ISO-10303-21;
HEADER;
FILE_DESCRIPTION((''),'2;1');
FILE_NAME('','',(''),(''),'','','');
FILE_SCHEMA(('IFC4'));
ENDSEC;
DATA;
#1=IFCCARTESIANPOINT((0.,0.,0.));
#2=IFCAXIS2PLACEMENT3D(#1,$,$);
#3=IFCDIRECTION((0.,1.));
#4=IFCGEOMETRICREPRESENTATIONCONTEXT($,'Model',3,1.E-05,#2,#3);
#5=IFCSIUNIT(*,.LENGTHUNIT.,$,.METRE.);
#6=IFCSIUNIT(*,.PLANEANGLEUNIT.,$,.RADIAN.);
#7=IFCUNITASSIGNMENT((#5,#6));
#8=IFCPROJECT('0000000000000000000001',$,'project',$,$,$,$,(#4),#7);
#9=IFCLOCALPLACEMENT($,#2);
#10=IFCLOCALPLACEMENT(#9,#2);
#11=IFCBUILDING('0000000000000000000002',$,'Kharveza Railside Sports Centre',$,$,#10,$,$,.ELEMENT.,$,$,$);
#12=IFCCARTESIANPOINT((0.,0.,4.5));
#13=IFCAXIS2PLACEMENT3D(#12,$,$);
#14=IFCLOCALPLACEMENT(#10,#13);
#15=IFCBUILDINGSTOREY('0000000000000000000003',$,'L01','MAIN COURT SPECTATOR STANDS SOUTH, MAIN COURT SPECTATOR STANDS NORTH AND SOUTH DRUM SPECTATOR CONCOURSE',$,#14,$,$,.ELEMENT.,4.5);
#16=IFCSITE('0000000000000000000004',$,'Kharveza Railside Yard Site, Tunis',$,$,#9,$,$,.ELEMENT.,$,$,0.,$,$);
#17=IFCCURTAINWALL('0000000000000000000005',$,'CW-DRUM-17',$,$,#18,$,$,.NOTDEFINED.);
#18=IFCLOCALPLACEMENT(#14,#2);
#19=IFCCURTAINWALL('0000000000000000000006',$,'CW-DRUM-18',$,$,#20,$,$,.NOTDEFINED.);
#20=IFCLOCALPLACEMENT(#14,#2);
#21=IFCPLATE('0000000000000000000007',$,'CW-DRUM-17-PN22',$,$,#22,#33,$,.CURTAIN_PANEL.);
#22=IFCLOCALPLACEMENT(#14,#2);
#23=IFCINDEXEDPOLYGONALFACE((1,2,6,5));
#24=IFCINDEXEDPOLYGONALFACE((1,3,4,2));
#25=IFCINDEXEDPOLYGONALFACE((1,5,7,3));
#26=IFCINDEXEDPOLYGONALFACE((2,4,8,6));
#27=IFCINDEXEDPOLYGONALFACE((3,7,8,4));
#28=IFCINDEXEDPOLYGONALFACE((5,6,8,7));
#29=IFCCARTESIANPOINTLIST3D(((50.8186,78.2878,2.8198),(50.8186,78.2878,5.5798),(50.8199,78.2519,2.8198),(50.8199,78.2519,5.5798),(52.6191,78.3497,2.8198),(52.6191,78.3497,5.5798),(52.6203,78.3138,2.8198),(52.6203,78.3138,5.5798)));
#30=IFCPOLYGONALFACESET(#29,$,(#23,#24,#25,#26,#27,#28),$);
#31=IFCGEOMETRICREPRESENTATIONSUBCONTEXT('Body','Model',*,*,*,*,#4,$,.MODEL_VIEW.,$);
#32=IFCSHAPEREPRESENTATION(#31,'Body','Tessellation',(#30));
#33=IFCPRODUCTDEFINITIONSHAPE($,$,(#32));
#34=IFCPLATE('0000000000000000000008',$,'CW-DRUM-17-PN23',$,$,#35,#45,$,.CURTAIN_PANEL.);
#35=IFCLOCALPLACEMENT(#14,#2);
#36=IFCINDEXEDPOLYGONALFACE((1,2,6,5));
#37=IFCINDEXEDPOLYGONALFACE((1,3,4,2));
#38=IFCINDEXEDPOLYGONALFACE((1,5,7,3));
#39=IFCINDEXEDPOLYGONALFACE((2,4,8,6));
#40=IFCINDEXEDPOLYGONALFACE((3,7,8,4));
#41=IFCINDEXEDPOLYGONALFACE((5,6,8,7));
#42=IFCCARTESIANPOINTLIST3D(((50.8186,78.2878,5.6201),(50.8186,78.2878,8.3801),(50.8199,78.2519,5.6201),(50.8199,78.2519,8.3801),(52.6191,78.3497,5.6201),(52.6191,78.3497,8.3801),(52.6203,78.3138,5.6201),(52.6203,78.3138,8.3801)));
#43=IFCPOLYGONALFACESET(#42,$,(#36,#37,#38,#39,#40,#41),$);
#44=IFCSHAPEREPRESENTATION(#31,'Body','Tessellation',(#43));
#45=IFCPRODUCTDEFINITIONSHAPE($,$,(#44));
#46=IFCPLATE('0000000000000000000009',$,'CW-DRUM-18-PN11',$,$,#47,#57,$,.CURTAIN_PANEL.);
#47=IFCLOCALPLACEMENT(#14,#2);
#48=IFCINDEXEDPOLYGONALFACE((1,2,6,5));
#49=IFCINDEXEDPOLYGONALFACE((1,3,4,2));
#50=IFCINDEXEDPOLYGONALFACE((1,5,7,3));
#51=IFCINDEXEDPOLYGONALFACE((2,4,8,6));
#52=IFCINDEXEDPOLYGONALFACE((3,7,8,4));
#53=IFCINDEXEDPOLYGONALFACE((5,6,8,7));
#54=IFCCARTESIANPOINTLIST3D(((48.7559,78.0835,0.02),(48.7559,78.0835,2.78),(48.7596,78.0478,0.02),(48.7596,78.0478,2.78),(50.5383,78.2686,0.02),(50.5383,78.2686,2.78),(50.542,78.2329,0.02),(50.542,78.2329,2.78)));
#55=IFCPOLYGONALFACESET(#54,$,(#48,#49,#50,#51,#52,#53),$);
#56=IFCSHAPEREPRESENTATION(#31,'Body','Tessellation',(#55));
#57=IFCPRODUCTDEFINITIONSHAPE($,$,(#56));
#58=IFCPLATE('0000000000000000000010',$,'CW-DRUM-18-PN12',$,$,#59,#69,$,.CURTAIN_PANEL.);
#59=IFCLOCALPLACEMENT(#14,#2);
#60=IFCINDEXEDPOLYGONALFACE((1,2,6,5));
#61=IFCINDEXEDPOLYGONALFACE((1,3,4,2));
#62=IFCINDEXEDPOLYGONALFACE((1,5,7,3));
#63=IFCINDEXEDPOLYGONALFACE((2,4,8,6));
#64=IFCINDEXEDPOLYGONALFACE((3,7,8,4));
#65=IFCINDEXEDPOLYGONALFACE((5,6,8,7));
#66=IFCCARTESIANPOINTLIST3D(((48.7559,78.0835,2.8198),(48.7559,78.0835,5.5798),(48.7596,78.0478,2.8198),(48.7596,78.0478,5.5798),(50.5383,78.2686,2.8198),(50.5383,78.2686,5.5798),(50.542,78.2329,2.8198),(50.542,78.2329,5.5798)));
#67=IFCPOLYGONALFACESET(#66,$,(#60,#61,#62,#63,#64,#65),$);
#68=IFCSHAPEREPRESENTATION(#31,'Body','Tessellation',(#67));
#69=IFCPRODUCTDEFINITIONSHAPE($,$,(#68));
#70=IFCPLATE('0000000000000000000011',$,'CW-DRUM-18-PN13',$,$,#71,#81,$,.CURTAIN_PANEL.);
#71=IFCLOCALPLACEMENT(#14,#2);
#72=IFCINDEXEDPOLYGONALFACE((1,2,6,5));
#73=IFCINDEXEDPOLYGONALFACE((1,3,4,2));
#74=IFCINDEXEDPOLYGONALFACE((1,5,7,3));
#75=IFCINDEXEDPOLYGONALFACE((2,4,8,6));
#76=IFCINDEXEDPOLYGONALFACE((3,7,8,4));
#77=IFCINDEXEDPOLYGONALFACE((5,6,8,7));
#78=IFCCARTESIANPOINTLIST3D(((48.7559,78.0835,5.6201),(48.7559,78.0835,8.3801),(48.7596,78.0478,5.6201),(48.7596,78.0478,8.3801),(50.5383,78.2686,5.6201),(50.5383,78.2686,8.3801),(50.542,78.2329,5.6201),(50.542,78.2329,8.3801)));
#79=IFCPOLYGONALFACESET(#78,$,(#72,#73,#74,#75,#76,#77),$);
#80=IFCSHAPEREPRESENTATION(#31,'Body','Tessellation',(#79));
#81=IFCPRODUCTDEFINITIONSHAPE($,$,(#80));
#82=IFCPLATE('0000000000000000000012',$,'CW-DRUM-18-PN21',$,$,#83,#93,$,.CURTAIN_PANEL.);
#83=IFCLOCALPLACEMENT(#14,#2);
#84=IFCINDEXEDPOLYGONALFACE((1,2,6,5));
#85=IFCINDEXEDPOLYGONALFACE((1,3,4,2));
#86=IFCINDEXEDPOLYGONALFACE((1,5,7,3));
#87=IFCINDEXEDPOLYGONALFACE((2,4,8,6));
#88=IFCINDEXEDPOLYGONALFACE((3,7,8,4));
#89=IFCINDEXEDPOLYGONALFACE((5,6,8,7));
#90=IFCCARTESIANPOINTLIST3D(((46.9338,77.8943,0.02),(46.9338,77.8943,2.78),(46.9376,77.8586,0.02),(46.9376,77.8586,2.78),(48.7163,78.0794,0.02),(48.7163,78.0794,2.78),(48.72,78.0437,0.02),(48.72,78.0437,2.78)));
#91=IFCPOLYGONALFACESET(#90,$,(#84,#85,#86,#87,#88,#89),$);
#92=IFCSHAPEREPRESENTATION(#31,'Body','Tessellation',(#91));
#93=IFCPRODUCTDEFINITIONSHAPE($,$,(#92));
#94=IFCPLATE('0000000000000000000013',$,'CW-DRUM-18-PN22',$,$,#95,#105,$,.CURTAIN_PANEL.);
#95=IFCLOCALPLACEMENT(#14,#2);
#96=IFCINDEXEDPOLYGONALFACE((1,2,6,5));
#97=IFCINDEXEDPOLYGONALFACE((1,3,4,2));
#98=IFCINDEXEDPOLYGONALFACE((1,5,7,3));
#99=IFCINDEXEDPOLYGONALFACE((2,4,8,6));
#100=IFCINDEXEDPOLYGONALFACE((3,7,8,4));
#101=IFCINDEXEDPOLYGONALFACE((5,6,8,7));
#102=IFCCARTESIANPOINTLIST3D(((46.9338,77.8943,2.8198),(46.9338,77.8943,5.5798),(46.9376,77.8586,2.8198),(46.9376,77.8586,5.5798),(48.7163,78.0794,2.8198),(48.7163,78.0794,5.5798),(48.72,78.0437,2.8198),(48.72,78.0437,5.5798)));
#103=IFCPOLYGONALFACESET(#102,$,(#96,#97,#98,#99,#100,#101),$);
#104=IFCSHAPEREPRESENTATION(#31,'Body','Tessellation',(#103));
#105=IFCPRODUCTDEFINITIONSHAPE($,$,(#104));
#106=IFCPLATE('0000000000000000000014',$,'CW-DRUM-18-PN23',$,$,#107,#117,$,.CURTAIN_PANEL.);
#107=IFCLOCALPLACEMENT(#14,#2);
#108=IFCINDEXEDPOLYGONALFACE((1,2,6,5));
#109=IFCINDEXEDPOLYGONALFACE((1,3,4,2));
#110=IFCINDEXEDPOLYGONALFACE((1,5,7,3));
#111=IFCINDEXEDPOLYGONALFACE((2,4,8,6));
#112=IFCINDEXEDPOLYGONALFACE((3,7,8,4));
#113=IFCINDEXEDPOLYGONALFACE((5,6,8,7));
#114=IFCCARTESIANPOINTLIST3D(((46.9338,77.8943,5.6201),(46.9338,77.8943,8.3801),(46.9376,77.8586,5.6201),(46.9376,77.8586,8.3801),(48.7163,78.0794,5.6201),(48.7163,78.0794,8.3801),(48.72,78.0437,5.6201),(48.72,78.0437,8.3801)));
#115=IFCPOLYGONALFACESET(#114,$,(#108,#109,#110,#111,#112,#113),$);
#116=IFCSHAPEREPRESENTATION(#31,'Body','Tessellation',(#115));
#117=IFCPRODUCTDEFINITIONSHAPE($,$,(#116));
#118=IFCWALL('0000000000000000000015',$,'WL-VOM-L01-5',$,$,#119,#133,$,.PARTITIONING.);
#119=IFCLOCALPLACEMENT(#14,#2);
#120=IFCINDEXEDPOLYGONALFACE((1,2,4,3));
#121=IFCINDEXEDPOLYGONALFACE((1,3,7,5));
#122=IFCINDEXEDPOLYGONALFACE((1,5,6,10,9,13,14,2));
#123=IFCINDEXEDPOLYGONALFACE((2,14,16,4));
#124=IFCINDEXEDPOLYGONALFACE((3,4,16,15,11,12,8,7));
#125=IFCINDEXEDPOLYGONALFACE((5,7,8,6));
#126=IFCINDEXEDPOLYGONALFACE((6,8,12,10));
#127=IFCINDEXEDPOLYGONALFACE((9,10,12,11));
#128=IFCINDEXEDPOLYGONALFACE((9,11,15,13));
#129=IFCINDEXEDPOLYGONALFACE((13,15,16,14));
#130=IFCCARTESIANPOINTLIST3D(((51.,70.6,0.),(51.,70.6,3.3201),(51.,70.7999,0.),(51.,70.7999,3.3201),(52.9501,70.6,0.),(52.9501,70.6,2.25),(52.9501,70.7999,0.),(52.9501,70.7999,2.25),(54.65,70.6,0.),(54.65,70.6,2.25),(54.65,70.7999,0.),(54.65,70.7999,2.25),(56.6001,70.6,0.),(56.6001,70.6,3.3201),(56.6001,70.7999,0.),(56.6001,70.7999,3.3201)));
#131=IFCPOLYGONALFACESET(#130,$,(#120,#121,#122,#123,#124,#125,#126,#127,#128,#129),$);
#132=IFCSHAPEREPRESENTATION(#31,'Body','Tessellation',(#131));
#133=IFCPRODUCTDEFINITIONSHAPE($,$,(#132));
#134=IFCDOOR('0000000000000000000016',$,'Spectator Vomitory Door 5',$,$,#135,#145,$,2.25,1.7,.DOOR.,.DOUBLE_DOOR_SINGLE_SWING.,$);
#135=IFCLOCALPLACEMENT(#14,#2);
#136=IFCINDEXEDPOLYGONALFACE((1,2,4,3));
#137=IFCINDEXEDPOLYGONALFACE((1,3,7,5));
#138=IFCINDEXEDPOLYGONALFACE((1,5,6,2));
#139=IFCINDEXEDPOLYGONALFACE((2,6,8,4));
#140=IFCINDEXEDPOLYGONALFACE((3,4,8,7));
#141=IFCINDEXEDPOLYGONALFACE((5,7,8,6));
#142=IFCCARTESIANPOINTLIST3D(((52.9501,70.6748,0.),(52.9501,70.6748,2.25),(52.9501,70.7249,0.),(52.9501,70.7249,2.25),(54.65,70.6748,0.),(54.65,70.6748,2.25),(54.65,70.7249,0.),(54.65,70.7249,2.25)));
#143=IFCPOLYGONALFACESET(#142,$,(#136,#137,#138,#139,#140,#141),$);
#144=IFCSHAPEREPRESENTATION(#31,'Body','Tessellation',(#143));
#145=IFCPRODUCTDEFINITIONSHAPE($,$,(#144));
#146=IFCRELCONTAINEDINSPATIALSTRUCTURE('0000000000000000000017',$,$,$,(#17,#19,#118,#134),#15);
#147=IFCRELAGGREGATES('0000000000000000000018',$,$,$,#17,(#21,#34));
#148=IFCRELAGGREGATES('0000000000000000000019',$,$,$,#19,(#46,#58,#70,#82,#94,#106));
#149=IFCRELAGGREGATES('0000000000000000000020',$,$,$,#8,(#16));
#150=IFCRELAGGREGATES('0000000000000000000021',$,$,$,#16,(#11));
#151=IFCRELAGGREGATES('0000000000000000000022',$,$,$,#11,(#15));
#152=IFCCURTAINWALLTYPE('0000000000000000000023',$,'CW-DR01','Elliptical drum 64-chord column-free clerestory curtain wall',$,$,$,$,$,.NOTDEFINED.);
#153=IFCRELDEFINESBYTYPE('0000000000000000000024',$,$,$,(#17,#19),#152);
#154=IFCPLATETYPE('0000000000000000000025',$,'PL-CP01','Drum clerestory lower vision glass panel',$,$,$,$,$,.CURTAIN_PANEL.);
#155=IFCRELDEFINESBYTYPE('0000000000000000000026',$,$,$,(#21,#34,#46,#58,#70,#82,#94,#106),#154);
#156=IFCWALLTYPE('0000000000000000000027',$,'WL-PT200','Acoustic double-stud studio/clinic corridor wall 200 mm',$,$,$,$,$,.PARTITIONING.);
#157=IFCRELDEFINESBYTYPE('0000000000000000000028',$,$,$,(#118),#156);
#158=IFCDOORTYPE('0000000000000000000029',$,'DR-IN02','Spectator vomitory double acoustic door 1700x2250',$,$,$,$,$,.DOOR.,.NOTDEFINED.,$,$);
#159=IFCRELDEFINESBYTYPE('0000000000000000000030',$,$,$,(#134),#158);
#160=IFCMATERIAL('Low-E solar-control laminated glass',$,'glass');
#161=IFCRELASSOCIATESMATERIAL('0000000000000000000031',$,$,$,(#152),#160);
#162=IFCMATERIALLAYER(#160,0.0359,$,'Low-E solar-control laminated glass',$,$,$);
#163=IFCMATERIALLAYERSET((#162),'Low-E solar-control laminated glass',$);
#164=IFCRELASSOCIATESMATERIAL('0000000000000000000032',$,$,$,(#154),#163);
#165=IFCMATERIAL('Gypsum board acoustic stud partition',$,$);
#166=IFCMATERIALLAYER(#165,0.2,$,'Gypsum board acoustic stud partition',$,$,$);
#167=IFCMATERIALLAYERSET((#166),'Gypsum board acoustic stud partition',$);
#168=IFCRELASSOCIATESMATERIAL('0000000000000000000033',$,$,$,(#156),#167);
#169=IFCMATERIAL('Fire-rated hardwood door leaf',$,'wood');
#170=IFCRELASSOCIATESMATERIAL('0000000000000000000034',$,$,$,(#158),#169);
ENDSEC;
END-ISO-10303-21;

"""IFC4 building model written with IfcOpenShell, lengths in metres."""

from ifc_helpers import new_model, si_unit, direction, frame, frame_2d, origin, origin_2d, place, context, subcontext, project, spatial, rectangle, extrude, material, layer, layer_set, type_object, element, fill, aggregate, save


model = new_model("IFC4")

# Units and contexts
model_context = context("Model", 3, precision=1e-05, world=origin(), true_north=direction((0.0, 1.0)))
body_context = subcontext(model_context, "Body", "Model", "MODEL_VIEW")
ifc_project = project(units=[si_unit("LENGTHUNIT", "METRE"), si_unit("PLANEANGLEUNIT", "RADIAN")], contexts=[model_context])

# Site, building, storey
site_placement = place(None, origin())
site = spatial("IfcSite", under=ifc_project, at=site_placement, Name="Kharveza Railside Yard Site, Tunis", CompositionType="ELEMENT", RefElevation=0.0)
building_placement = place(site_placement, origin())
building = spatial("IfcBuilding", under=site, at=building_placement, Name="Kharveza Railside Sports Centre", CompositionType="ELEMENT")
storey_placement = place(building_placement, frame((0.0, 0.0, 4.5)))
storey = spatial("IfcBuildingStorey", under=building, at=storey_placement, Name="L01", Description="MAIN COURT SPECTATOR STANDS SOUTH, MAIN COURT SPECTATOR STANDS NORTH AND SOUTH DRUM SPECTATOR CONCOURSE", CompositionType="ELEMENT", Elevation=4.5)

# Curtain walls
ifc_material_1 = material(Name="Low-E solar-control laminated glass", Category="glass")
curtain_wall_type = type_object("IfcCurtainWallType", Name="CW-DR01", Description="Elliptical drum 64-chord column-free clerestory curtain wall", PredefinedType="NOTDEFINED", material=ifc_material_1)
curtain_wall_1_placement = place(storey_placement, origin())
curtain_wall_1 = element("IfcCurtainWall", 1, at=curtain_wall_1_placement, inside=storey, type_object=curtain_wall_type, Name="CW-DRUM-17", PredefinedType="NOTDEFINED")
curtain_wall_2_placement = place(storey_placement, origin())
curtain_wall_2 = element("IfcCurtainWall", 2, at=curtain_wall_2_placement, inside=storey, type_object=curtain_wall_type, Name="CW-DRUM-18", PredefinedType="NOTDEFINED")

# Plates
ifc_layer_1 = layer(ifc_material_1, 0.0359, Name="Low-E solar-control laminated glass")
ifc_layer_set_1 = layer_set([ifc_layer_1], Name="Low-E solar-control laminated glass")
plate_type = type_object("IfcPlateType", Name="PL-CP01", Description="Drum clerestory lower vision glass panel", PredefinedType="CURTAIN_PANEL", material=ifc_layer_set_1)
plate_1_placement = place(storey_placement, frame((51.7195, 78.3008, 2.8198), z_axis=(0.0, 0.0, 1.0), x_axis=(-0.999409, -0.034376, 0.0)))
plate_1 = element("IfcPlate", 3, at=plate_1_placement, type_object=plate_type, Name="CW-DRUM-17-PN22", PredefinedType="CURTAIN_PANEL", context=body_context, shape_type="SweptSolid", body=[
    extrude(rectangle(XDim=1.8015, YDim=0.0359, at=origin_2d()), origin(), (0.0, 0.0, 1.0), 2.76),
])
plate_2_placement = place(storey_placement, frame((51.7195, 78.3008, 5.6201), z_axis=(0.0, 0.0, 1.0), x_axis=(-0.999409, -0.034376, 0.0)))
plate_2 = element("IfcPlate", 4, at=plate_2_placement, type_object=plate_type, Name="CW-DRUM-17-PN23", PredefinedType="CURTAIN_PANEL", context=body_context, shape_type="SweptSolid", body=[
    extrude(rectangle(XDim=1.8015, YDim=0.0359, at=origin_2d()), origin(), (0.0, 0.0, 1.0), 2.76),
])
aggregate(curtain_wall_1, [plate_1, plate_2])
plate_3_placement = place(storey_placement, frame((49.6489, 78.1582, 0.02), z_axis=(0.0, 0.0, 1.0), x_axis=(-0.994652, -0.103279, 0.0)))
plate_3 = element("IfcPlate", 5, at=plate_3_placement, type_object=plate_type, Name="CW-DRUM-18-PN11", PredefinedType="CURTAIN_PANEL", context=body_context, shape_type="SweptSolid", body=[
    extrude(rectangle(XDim=1.792, YDim=0.0359, at=origin_2d()), origin(), (0.0, 0.0, 1.0), 2.76),
])
plate_4_placement = place(storey_placement, frame((49.6489, 78.1582, 2.8198), z_axis=(0.0, 0.0, 1.0), x_axis=(-0.994652, -0.103279, 0.0)))
plate_4 = element("IfcPlate", 6, at=plate_4_placement, type_object=plate_type, Name="CW-DRUM-18-PN12", PredefinedType="CURTAIN_PANEL", context=body_context, shape_type="SweptSolid", body=[
    extrude(rectangle(XDim=1.792, YDim=0.0359, at=origin_2d()), origin(), (0.0, 0.0, 1.0), 2.76),
])
plate_5_placement = place(storey_placement, frame((49.6489, 78.1582, 5.6201), z_axis=(0.0, 0.0, 1.0), x_axis=(-0.994652, -0.103279, 0.0)))
plate_5 = element("IfcPlate", 7, at=plate_5_placement, type_object=plate_type, Name="CW-DRUM-18-PN13", PredefinedType="CURTAIN_PANEL", context=body_context, shape_type="SweptSolid", body=[
    extrude(rectangle(XDim=1.792, YDim=0.0359, at=origin_2d()), origin(), (0.0, 0.0, 1.0), 2.76),
])
plate_6_placement = place(storey_placement, frame((47.8269, 77.969, 0.02), z_axis=(0.0, 0.0, 1.0), x_axis=(-0.994652, -0.103279, 0.0)))
plate_6 = element("IfcPlate", 8, at=plate_6_placement, type_object=plate_type, Name="CW-DRUM-18-PN21", PredefinedType="CURTAIN_PANEL", context=body_context, shape_type="SweptSolid", body=[
    extrude(rectangle(XDim=1.792, YDim=0.0359, at=origin_2d()), origin(), (0.0, 0.0, 1.0), 2.76),
])
plate_7_placement = place(storey_placement, frame((47.8269, 77.969, 2.8198), z_axis=(0.0, 0.0, 1.0), x_axis=(-0.994652, -0.103279, 0.0)))
plate_7 = element("IfcPlate", 9, at=plate_7_placement, type_object=plate_type, Name="CW-DRUM-18-PN22", PredefinedType="CURTAIN_PANEL", context=body_context, shape_type="SweptSolid", body=[
    extrude(rectangle(XDim=1.792, YDim=0.0359, at=origin_2d()), origin(), (0.0, 0.0, 1.0), 2.76),
])
plate_8_placement = place(storey_placement, frame((47.8269, 77.969, 5.6201), z_axis=(0.0, 0.0, 1.0), x_axis=(-0.994652, -0.103279, 0.0)))
plate_8 = element("IfcPlate", 10, at=plate_8_placement, type_object=plate_type, Name="CW-DRUM-18-PN23", PredefinedType="CURTAIN_PANEL", context=body_context, shape_type="SweptSolid", body=[
    extrude(rectangle(XDim=1.792, YDim=0.0359, at=origin_2d()), origin(), (0.0, 0.0, 1.0), 2.76),
])
aggregate(curtain_wall_2, [plate_3, plate_4, plate_5, plate_6, plate_7, plate_8])

# Wall, opening, door
ifc_material_2 = material(Name="Gypsum board acoustic stud partition")
ifc_layer_2 = layer(ifc_material_2, 0.2, Name="Gypsum board acoustic stud partition")
ifc_layer_set_2 = layer_set([ifc_layer_2], Name="Gypsum board acoustic stud partition")
wall_type = type_object("IfcWallType", Name="WL-PT200", Description="Acoustic double-stud studio/clinic corridor wall 200 mm", PredefinedType="PARTITIONING", material=ifc_layer_set_2)
wall_placement = place(storey_placement, frame((51.0, 70.7, 0.0), z_axis=(0.0, 0.0, 1.0), x_axis=(1.0, 0.0, 0.0)))
wall = element("IfcWall", 11, at=wall_placement, inside=storey, type_object=wall_type, Name="WL-VOM-L01-5", PredefinedType="PARTITIONING", context=body_context, shape_type="SweptSolid", body=[
    extrude(rectangle(XDim=5.6001, YDim=0.2, at=frame_2d((2.8, 0.0))), origin(), (0.0, 0.0, 1.0), 3.3201),
])
opening_placement = place(wall_placement, frame((1.95, 0.0, 0.0)))
opening = element("IfcOpeningElement", 12, at=opening_placement, cuts=wall, PredefinedType="OPENING", context=body_context, shape_type="SweptSolid", body=[
    extrude(rectangle(XDim=1.7, YDim=2.25, at=frame_2d((0.8501, 1.125))), frame((0.0, 0.125, 0.0), z_axis=(0.0, -1.0, 0.0), x_axis=(1.0, 0.0, 0.0)), (0.0, 0.0, 1.0), 0.2498),
])
ifc_material_3 = material(Name="Fire-rated hardwood door leaf", Category="wood")
door_type = type_object("IfcDoorType", Name="DR-IN02", Description="Spectator vomitory double acoustic door 1700x2250", OperationType="NOTDEFINED", PredefinedType="DOOR", material=ifc_material_3)
door_placement = place(opening_placement, origin())
door = element("IfcDoor", 13, at=door_placement, inside=storey, type_object=door_type, Name="Spectator Vomitory Door 5", OperationType="DOUBLE_DOOR_SINGLE_SWING", OverallHeight=2.25, OverallWidth=1.7, PredefinedType="DOOR", context=body_context, shape_type="SweptSolid", body=[
    extrude(rectangle(XDim=1.7, YDim=2.25, at=frame_2d((0.8501, 1.125))), frame((0.0, 0.0249, 0.0), z_axis=(0.0, -1.0, 0.0), x_axis=(1.0, 0.0, 0.0)), (0.0, 0.0, 1.0), 0.05),
])
fill(opening, door)

save(model, "model.ifc")
